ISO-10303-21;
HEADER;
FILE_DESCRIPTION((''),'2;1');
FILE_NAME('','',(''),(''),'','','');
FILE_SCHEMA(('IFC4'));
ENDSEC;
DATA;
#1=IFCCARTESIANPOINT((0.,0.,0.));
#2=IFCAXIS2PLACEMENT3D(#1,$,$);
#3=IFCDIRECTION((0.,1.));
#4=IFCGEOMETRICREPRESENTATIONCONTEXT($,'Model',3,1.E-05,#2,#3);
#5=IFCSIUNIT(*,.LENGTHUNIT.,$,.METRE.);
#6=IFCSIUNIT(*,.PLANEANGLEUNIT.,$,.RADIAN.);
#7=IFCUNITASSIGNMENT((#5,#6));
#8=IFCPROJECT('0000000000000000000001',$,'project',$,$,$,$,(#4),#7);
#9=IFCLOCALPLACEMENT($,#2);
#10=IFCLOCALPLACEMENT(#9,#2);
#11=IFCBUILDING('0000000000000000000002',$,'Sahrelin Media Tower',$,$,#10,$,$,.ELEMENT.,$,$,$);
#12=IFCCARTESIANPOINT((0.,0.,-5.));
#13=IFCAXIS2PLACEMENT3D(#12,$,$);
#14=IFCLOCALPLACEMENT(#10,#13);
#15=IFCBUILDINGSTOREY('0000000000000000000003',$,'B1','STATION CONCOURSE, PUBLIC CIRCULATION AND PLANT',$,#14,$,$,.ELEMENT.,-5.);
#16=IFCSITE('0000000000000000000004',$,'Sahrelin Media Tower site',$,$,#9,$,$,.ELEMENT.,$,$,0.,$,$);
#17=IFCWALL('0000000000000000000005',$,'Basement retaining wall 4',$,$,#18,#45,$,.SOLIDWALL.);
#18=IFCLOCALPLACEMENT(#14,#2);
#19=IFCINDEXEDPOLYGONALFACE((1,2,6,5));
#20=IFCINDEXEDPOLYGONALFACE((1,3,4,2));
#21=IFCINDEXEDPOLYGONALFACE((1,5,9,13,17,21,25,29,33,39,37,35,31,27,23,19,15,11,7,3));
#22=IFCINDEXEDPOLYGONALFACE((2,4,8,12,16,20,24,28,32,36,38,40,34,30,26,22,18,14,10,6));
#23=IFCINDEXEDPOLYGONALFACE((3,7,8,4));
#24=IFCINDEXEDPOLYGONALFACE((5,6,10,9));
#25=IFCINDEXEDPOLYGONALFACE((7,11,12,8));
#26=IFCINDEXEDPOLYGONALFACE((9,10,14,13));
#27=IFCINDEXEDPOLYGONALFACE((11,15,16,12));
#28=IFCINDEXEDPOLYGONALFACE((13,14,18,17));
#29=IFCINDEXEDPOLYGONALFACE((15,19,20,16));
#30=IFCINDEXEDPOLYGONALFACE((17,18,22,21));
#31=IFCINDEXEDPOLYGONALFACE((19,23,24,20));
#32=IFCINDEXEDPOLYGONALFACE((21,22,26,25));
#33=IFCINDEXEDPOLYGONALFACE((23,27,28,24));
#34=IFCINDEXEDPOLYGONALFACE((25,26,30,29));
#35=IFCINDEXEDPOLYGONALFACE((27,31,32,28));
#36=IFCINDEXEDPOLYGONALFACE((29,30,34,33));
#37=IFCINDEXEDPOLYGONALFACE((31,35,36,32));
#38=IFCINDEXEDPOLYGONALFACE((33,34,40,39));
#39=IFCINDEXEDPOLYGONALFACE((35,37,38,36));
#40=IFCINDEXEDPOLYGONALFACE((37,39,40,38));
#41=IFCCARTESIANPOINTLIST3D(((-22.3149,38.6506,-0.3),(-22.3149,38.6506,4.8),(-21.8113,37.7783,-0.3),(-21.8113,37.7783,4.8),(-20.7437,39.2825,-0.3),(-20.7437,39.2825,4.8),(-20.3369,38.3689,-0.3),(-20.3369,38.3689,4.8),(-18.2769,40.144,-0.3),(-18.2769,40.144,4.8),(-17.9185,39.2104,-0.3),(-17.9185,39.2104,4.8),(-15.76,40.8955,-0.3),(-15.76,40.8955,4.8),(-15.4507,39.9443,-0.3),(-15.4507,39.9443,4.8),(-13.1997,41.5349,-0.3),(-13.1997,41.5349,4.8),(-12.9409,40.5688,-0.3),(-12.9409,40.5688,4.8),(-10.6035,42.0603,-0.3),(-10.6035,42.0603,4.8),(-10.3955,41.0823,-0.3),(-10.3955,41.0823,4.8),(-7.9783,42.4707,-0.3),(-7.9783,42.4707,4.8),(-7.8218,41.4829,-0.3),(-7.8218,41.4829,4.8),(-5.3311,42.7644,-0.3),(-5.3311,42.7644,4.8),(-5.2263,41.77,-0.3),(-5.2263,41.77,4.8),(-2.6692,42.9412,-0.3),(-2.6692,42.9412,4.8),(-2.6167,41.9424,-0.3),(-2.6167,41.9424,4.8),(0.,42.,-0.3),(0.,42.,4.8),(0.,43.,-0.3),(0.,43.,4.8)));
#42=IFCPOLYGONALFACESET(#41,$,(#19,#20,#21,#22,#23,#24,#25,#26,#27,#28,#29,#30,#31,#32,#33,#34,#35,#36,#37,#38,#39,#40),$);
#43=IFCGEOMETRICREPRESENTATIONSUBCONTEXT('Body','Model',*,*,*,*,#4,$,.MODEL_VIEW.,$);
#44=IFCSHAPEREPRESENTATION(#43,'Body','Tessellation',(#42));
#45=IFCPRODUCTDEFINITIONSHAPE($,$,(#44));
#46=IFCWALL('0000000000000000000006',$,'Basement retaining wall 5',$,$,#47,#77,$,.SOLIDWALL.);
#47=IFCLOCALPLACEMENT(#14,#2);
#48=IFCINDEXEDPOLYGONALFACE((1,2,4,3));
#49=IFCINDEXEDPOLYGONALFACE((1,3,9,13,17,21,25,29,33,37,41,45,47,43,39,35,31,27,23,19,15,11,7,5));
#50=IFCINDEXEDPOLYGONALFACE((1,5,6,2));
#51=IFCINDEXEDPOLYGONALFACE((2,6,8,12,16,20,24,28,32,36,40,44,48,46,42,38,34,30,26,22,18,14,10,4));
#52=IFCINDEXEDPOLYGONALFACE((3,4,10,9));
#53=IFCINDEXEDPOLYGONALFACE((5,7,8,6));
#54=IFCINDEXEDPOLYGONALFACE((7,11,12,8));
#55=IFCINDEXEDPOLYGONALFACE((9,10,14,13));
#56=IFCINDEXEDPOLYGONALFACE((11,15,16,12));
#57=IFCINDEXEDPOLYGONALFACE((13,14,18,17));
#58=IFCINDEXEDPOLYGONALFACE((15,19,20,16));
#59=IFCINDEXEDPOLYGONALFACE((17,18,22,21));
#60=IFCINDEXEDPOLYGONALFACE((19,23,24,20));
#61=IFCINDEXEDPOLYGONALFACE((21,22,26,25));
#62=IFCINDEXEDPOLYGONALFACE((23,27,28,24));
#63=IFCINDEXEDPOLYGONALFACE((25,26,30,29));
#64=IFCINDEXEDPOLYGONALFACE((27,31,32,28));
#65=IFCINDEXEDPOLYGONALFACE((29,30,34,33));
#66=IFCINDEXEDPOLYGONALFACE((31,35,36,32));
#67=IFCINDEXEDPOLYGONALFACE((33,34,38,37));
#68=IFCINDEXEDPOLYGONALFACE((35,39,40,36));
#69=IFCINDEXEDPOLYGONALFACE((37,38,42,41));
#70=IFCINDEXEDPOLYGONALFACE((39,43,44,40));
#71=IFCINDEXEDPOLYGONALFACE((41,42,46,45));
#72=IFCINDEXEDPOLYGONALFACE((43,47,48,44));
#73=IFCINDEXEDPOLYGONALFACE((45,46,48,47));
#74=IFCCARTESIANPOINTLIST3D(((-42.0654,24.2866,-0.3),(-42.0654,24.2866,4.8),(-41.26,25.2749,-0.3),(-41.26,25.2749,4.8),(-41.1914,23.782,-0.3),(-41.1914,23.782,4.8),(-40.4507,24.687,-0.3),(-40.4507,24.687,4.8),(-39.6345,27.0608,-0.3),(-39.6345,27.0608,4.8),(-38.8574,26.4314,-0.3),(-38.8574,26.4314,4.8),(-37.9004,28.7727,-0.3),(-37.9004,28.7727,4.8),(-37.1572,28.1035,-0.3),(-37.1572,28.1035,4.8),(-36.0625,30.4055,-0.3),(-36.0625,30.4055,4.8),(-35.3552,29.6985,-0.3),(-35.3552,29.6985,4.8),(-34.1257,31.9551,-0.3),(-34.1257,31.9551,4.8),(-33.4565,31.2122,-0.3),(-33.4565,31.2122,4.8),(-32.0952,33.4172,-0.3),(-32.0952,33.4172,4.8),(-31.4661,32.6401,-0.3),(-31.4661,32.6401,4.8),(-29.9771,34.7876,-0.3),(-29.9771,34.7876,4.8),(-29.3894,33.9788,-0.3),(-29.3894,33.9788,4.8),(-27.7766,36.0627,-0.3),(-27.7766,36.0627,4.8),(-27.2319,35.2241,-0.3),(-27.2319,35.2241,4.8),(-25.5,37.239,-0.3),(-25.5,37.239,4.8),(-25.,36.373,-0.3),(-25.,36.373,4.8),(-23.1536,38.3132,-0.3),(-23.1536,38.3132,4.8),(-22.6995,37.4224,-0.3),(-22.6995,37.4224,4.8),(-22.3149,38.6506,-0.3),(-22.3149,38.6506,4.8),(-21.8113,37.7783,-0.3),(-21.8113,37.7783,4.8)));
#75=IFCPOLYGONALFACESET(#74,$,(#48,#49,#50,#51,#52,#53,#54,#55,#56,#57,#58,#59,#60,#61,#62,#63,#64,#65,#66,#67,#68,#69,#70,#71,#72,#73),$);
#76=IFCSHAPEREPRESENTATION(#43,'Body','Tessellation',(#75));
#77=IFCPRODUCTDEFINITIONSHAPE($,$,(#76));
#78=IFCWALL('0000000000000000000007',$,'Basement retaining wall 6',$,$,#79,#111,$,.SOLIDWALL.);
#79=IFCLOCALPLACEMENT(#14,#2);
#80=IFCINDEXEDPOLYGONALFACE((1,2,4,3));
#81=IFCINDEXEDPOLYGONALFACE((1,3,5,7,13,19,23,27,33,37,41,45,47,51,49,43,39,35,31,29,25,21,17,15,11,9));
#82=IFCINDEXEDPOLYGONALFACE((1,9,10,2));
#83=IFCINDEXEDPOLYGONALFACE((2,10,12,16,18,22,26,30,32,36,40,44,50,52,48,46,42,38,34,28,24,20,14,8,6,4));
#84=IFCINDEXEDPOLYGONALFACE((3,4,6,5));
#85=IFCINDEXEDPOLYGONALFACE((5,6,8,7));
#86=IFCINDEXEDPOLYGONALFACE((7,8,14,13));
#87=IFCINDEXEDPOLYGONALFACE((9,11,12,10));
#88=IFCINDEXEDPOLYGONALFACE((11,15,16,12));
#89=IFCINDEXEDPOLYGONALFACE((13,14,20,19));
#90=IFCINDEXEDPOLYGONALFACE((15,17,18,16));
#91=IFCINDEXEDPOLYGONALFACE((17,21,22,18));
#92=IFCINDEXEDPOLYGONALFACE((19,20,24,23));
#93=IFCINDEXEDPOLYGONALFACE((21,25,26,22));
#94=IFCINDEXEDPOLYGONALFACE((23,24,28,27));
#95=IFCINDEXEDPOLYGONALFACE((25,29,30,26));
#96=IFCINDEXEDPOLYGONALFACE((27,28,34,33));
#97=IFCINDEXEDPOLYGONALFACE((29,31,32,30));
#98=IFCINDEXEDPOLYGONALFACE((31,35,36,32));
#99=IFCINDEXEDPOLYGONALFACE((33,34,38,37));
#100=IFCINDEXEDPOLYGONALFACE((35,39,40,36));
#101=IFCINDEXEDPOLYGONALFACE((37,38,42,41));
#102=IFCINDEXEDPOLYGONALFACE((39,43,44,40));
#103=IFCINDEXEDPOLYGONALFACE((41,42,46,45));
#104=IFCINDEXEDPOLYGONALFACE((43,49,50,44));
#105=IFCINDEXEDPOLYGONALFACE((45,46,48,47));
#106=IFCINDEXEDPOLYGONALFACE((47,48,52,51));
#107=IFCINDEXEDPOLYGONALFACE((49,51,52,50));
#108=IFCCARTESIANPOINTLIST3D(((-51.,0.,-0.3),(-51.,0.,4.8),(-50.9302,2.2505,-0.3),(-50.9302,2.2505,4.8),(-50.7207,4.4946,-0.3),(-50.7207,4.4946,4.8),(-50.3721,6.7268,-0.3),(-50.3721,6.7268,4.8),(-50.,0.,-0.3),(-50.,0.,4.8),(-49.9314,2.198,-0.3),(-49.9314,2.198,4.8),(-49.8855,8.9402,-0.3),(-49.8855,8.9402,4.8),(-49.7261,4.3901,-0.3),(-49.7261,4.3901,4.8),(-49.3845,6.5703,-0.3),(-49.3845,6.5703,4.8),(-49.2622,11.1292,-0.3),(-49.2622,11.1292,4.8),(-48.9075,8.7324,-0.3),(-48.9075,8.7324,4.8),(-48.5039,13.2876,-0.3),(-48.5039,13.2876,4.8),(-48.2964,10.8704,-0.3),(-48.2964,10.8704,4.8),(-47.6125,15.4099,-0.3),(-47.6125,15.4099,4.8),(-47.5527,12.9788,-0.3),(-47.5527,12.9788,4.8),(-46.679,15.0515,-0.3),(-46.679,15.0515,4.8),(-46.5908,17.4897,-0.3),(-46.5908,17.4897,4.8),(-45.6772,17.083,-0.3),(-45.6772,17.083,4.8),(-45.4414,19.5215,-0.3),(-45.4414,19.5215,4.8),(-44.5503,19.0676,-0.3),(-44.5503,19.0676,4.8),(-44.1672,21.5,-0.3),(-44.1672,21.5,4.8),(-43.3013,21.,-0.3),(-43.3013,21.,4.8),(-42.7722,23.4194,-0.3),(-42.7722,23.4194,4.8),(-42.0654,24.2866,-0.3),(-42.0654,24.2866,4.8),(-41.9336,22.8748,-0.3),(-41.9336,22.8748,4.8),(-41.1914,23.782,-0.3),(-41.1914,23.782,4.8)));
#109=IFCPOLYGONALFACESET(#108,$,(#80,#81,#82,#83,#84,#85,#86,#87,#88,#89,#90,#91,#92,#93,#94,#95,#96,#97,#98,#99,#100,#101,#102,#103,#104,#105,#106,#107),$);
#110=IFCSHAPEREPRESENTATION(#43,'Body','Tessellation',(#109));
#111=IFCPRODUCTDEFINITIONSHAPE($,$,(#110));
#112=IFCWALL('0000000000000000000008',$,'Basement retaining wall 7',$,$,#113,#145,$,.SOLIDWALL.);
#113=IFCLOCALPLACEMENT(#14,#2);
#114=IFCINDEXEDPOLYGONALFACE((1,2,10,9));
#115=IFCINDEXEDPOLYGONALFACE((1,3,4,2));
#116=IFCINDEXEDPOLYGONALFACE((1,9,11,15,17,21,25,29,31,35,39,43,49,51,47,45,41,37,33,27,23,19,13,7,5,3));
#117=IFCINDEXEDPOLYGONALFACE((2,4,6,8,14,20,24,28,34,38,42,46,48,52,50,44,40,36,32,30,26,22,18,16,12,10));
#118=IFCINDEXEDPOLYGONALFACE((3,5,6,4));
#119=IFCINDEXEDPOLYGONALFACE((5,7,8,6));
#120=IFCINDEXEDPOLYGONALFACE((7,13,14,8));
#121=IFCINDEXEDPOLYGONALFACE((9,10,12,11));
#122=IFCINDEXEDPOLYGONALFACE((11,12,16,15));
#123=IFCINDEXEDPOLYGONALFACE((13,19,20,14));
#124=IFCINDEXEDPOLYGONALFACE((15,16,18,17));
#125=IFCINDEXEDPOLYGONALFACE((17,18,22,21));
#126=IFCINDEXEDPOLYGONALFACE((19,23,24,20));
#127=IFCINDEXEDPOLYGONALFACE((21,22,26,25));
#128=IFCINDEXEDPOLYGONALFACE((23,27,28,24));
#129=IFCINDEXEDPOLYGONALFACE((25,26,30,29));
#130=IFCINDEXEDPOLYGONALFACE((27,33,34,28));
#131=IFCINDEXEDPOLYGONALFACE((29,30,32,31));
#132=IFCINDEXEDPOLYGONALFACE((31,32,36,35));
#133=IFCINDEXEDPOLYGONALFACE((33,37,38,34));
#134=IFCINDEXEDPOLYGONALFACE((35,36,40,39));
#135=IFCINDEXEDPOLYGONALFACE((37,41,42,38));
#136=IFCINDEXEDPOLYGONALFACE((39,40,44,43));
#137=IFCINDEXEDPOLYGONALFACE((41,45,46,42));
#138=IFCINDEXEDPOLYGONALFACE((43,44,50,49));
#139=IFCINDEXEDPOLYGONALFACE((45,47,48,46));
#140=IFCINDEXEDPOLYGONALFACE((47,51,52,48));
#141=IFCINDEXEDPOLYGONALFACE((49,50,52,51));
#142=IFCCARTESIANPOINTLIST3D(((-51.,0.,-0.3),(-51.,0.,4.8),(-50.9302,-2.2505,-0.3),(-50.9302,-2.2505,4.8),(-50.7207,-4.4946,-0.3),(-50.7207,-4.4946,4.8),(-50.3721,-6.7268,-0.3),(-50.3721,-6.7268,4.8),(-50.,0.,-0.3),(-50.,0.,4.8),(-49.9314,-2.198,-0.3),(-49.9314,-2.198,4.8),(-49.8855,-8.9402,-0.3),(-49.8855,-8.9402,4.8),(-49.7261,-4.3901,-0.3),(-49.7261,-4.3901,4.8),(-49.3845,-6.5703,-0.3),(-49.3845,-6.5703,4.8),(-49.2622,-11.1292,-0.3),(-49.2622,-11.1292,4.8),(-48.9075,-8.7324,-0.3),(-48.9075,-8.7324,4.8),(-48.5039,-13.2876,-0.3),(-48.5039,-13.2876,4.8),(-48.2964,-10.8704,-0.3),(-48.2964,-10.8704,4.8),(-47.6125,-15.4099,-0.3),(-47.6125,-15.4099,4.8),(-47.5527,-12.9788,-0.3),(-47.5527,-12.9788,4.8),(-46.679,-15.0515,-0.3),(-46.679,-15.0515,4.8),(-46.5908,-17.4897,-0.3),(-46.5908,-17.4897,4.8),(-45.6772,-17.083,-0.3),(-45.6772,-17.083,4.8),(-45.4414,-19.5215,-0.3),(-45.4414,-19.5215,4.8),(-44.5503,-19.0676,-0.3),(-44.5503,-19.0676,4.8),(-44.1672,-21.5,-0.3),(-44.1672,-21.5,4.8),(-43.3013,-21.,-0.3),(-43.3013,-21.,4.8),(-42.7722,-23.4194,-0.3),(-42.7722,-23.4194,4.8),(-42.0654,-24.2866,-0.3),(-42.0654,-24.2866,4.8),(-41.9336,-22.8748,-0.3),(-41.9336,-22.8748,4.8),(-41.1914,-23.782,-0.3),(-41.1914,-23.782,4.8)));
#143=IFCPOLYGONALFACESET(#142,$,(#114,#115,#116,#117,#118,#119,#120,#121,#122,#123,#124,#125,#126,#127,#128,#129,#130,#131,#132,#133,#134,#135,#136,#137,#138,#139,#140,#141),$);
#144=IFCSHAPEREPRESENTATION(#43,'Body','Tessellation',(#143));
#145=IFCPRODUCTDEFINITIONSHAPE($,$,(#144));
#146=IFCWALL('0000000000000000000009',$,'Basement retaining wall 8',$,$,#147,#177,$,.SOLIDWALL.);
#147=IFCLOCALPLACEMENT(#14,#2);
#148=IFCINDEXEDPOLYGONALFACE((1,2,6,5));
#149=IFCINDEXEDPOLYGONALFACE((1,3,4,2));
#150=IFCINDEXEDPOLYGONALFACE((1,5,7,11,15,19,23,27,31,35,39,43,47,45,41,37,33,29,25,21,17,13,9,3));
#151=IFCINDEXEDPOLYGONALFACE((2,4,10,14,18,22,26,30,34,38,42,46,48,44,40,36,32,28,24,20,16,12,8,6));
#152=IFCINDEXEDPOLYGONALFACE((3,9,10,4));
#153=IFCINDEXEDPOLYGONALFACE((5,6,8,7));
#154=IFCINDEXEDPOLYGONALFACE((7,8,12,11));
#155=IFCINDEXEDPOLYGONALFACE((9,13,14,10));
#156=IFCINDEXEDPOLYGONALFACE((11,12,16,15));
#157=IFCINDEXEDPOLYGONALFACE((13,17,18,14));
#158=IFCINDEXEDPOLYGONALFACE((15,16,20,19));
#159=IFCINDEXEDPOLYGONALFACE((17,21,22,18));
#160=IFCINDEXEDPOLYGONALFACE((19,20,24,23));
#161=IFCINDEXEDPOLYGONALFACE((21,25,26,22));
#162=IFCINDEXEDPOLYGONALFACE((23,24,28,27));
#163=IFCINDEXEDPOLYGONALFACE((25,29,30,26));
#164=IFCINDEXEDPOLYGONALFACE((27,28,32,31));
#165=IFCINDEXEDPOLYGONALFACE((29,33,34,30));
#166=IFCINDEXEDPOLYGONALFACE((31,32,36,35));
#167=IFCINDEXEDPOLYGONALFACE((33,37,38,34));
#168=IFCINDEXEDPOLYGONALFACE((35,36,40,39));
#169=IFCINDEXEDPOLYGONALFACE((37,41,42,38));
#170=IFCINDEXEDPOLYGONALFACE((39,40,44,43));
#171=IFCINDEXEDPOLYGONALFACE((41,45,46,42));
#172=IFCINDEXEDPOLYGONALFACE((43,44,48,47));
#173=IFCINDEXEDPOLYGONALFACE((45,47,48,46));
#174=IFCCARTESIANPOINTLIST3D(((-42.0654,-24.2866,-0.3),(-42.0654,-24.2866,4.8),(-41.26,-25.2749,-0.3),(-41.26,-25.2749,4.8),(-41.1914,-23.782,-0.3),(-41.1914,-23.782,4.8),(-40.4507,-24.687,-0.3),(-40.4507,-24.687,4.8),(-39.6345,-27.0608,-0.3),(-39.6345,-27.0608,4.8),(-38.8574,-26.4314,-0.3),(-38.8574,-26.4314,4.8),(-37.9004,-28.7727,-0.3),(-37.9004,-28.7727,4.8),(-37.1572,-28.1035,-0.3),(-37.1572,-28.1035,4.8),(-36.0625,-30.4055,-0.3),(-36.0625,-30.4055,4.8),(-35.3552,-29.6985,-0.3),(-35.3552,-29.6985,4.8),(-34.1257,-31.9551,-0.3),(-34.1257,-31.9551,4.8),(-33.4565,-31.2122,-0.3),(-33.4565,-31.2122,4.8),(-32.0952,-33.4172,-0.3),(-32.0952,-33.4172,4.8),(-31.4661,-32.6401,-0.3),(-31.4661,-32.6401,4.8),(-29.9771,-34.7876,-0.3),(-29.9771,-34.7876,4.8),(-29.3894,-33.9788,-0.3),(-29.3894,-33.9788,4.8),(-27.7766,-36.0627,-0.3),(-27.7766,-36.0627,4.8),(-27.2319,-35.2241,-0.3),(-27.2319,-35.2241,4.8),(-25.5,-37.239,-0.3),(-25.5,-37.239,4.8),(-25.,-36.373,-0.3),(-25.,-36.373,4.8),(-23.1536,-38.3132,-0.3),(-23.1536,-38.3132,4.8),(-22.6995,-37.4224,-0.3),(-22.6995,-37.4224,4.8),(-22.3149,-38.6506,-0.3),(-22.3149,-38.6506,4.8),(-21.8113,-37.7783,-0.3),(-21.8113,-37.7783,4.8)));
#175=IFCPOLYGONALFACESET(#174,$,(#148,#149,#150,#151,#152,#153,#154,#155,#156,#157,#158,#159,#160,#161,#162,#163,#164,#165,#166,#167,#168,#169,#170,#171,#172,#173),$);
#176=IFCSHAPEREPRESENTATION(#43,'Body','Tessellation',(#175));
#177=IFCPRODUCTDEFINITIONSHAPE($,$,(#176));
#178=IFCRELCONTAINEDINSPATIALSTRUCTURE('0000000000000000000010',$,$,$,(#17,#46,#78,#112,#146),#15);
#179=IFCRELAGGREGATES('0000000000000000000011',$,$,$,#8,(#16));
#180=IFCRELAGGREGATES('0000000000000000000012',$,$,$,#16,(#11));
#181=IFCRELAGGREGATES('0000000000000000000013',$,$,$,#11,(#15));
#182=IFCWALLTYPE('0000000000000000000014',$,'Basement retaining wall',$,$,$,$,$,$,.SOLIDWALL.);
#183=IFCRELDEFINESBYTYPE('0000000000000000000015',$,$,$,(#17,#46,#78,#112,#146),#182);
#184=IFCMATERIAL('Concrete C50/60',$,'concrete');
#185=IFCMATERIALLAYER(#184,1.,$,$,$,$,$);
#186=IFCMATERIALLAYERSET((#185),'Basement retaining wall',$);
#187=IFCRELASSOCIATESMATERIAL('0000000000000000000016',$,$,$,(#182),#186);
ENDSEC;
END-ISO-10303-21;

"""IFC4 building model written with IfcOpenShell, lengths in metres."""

from ifc_helpers import new_model, si_unit, direction, frame, origin, place, context, subcontext, project, spatial, polyline, outline, extrude, material, layer, layer_set, type_object, element, save


model = new_model("IFC4")

# Units and contexts
model_context = context("Model", 3, precision=1e-05, world=origin(), true_north=direction((0.0, 1.0)))
body_context = subcontext(model_context, "Body", "Model", "MODEL_VIEW")
ifc_project = project(units=[si_unit("LENGTHUNIT", "METRE"), si_unit("PLANEANGLEUNIT", "RADIAN")], contexts=[model_context])

# Site, building, storey
site_placement = place(None, origin())
site = spatial("IfcSite", under=ifc_project, at=site_placement, Name="Sahrelin Media Tower site", CompositionType="ELEMENT", RefElevation=0.0)
building_placement = place(site_placement, origin())
building = spatial("IfcBuilding", under=site, at=building_placement, Name="Sahrelin Media Tower", CompositionType="ELEMENT")
storey_placement = place(building_placement, frame((0.0, 0.0, -5.0)))
storey = spatial("IfcBuildingStorey", under=building, at=storey_placement, Name="B1", Description="STATION CONCOURSE, PUBLIC CIRCULATION AND PLANT", CompositionType="ELEMENT", Elevation=-5.0)

# Shared definitions
ifc_material = material(Name="Concrete C50/60", Category="concrete")

# Walls
ifc_layer_1 = layer(ifc_material, 1.0)
ifc_layer_set_1 = layer_set([ifc_layer_1], Name="Basement retaining wall")
wall_type = type_object("IfcWallType", Name="Basement retaining wall", PredefinedType="SOLIDWALL", material=ifc_layer_set_1)
placement_1 = place(storey_placement, frame((0.0, 0.0, -0.3)))
element("IfcWall", 1, at=placement_1, inside=storey, type_object=wall_type, Name="Basement retaining wall 4", PredefinedType="SOLIDWALL", context=body_context, shape_type="SweptSolid", body=[
    extrude(outline(polyline([(-22.3149, 38.6506), (-21.8113, 37.7783), (-20.3369, 38.3689), (-17.9185, 39.2104), (-15.4507, 39.9443), (-12.9409, 40.5688), (-10.3955, 41.0823), (-7.8218, 41.4829), (-5.2263, 41.77), (-2.6167, 41.9424), (0.0, 42.0), (0.0, 42.0), (0.0, 43.0), (0.0, 43.0), (-2.6692, 42.9412), (-5.3311, 42.7644), (-7.9783, 42.4707), (-10.6035, 42.0603), (-13.1997, 41.5349), (-15.76, 40.8955), (-18.2769, 40.144), (-20.7437, 39.2825), (-22.3149, 38.6506)])), origin(), (0.0, 0.0, 1.0), 5.1001),
])
element("IfcWall", 2, at=placement_1, inside=storey, type_object=wall_type, Name="Basement retaining wall 5", PredefinedType="SOLIDWALL", context=body_context, shape_type="SweptSolid", body=[
    extrude(outline(polyline([(-42.0654, 24.2866), (-41.1914, 23.782), (-40.4507, 24.687), (-38.8574, 26.4314), (-37.1572, 28.1035), (-35.3552, 29.6985), (-33.4565, 31.2122), (-31.4661, 32.6401), (-29.3894, 33.9788), (-27.2319, 35.2241), (-25.0, 36.373), (-22.6995, 37.4224), (-21.8113, 37.7783), (-22.3149, 38.6506), (-23.1536, 38.3132), (-25.5, 37.239), (-27.7766, 36.0627), (-29.9771, 34.7876), (-32.0952, 33.4172), (-34.1257, 31.9551), (-36.0625, 30.4055), (-37.9004, 28.7727), (-39.6345, 27.0608), (-41.26, 25.2749), (-42.0654, 24.2866)])), origin(), (0.0, 0.0, 1.0), 5.1001),
])
element("IfcWall", 3, at=placement_1, inside=storey, type_object=wall_type, Name="Basement retaining wall 6", PredefinedType="SOLIDWALL", context=body_context, shape_type="SweptSolid", body=[
    extrude(outline(polyline([(-51.0, 0.0), (-50.0, 0.0), (-49.9314, 2.198), (-49.7261, 4.3901), (-49.3845, 6.5703), (-48.9075, 8.7324), (-48.2964, 10.8704), (-47.5527, 12.9788), (-46.679, 15.0515), (-45.6772, 17.083), (-44.5503, 19.0676), (-43.3013, 21.0), (-41.9336, 22.8748), (-41.1914, 23.782), (-42.0654, 24.2866), (-42.7722, 23.4194), (-44.1672, 21.5), (-45.4414, 19.5215), (-46.5908, 17.4897), (-47.6125, 15.4099), (-48.5039, 13.2876), (-49.2622, 11.1292), (-49.8855, 8.9402), (-50.3721, 6.7268), (-50.7207, 4.4946), (-50.9302, 2.2505), (-51.0, 0.0)])), origin(), (0.0, 0.0, 1.0), 5.1001),
])
element("IfcWall", 4, at=placement_1, inside=storey, type_object=wall_type, Name="Basement retaining wall 7", PredefinedType="SOLIDWALL", context=body_context, shape_type="SweptSolid", body=[
    extrude(outline(polyline([(-42.0654, -24.2866), (-41.1914, -23.782), (-41.9336, -22.8748), (-43.3013, -21.0), (-44.5503, -19.0676), (-45.6772, -17.083), (-46.679, -15.0515), (-47.5527, -12.9788), (-48.2964, -10.8704), (-48.9075, -8.7324), (-49.3845, -6.5703), (-49.7261, -4.3901), (-49.9314, -2.198), (-50.0, 0.0), (-50.0, 0.0), (-51.0, 0.0), (-51.0, 0.0), (-50.9302, -2.2505), (-50.7207, -4.4946), (-50.3721, -6.7268), (-49.8855, -8.9402), (-49.2622, -11.1292), (-48.5039, -13.2876), (-47.6125, -15.4099), (-46.5908, -17.4897), (-45.4414, -19.5215), (-44.1672, -21.5), (-42.7722, -23.4194), (-42.0654, -24.2866)])), origin(), (0.0, 0.0, 1.0), 5.1001),
])
element("IfcWall", 5, at=placement_1, inside=storey, type_object=wall_type, Name="Basement retaining wall 8", PredefinedType="SOLIDWALL", context=body_context, shape_type="SweptSolid", body=[
    extrude(outline(polyline([(-22.3149, -38.6506), (-21.8113, -37.7783), (-22.6995, -37.4224), (-25.0, -36.373), (-27.2319, -35.2241), (-29.3894, -33.9788), (-31.4661, -32.6401), (-33.4565, -31.2122), (-35.3552, -29.6985), (-37.1572, -28.1035), (-38.8574, -26.4314), (-40.4507, -24.687), (-41.1914, -23.782), (-42.0654, -24.2866), (-41.26, -25.2749), (-39.6345, -27.0608), (-37.9004, -28.7727), (-36.0625, -30.4055), (-34.1257, -31.9551), (-32.0952, -33.4172), (-29.9771, -34.7876), (-27.7766, -36.0627), (-25.5, -37.239), (-23.1536, -38.3132), (-22.3149, -38.6506)])), origin(), (0.0, 0.0, 1.0), 5.1001),
])

save(model, "model.ifc")
